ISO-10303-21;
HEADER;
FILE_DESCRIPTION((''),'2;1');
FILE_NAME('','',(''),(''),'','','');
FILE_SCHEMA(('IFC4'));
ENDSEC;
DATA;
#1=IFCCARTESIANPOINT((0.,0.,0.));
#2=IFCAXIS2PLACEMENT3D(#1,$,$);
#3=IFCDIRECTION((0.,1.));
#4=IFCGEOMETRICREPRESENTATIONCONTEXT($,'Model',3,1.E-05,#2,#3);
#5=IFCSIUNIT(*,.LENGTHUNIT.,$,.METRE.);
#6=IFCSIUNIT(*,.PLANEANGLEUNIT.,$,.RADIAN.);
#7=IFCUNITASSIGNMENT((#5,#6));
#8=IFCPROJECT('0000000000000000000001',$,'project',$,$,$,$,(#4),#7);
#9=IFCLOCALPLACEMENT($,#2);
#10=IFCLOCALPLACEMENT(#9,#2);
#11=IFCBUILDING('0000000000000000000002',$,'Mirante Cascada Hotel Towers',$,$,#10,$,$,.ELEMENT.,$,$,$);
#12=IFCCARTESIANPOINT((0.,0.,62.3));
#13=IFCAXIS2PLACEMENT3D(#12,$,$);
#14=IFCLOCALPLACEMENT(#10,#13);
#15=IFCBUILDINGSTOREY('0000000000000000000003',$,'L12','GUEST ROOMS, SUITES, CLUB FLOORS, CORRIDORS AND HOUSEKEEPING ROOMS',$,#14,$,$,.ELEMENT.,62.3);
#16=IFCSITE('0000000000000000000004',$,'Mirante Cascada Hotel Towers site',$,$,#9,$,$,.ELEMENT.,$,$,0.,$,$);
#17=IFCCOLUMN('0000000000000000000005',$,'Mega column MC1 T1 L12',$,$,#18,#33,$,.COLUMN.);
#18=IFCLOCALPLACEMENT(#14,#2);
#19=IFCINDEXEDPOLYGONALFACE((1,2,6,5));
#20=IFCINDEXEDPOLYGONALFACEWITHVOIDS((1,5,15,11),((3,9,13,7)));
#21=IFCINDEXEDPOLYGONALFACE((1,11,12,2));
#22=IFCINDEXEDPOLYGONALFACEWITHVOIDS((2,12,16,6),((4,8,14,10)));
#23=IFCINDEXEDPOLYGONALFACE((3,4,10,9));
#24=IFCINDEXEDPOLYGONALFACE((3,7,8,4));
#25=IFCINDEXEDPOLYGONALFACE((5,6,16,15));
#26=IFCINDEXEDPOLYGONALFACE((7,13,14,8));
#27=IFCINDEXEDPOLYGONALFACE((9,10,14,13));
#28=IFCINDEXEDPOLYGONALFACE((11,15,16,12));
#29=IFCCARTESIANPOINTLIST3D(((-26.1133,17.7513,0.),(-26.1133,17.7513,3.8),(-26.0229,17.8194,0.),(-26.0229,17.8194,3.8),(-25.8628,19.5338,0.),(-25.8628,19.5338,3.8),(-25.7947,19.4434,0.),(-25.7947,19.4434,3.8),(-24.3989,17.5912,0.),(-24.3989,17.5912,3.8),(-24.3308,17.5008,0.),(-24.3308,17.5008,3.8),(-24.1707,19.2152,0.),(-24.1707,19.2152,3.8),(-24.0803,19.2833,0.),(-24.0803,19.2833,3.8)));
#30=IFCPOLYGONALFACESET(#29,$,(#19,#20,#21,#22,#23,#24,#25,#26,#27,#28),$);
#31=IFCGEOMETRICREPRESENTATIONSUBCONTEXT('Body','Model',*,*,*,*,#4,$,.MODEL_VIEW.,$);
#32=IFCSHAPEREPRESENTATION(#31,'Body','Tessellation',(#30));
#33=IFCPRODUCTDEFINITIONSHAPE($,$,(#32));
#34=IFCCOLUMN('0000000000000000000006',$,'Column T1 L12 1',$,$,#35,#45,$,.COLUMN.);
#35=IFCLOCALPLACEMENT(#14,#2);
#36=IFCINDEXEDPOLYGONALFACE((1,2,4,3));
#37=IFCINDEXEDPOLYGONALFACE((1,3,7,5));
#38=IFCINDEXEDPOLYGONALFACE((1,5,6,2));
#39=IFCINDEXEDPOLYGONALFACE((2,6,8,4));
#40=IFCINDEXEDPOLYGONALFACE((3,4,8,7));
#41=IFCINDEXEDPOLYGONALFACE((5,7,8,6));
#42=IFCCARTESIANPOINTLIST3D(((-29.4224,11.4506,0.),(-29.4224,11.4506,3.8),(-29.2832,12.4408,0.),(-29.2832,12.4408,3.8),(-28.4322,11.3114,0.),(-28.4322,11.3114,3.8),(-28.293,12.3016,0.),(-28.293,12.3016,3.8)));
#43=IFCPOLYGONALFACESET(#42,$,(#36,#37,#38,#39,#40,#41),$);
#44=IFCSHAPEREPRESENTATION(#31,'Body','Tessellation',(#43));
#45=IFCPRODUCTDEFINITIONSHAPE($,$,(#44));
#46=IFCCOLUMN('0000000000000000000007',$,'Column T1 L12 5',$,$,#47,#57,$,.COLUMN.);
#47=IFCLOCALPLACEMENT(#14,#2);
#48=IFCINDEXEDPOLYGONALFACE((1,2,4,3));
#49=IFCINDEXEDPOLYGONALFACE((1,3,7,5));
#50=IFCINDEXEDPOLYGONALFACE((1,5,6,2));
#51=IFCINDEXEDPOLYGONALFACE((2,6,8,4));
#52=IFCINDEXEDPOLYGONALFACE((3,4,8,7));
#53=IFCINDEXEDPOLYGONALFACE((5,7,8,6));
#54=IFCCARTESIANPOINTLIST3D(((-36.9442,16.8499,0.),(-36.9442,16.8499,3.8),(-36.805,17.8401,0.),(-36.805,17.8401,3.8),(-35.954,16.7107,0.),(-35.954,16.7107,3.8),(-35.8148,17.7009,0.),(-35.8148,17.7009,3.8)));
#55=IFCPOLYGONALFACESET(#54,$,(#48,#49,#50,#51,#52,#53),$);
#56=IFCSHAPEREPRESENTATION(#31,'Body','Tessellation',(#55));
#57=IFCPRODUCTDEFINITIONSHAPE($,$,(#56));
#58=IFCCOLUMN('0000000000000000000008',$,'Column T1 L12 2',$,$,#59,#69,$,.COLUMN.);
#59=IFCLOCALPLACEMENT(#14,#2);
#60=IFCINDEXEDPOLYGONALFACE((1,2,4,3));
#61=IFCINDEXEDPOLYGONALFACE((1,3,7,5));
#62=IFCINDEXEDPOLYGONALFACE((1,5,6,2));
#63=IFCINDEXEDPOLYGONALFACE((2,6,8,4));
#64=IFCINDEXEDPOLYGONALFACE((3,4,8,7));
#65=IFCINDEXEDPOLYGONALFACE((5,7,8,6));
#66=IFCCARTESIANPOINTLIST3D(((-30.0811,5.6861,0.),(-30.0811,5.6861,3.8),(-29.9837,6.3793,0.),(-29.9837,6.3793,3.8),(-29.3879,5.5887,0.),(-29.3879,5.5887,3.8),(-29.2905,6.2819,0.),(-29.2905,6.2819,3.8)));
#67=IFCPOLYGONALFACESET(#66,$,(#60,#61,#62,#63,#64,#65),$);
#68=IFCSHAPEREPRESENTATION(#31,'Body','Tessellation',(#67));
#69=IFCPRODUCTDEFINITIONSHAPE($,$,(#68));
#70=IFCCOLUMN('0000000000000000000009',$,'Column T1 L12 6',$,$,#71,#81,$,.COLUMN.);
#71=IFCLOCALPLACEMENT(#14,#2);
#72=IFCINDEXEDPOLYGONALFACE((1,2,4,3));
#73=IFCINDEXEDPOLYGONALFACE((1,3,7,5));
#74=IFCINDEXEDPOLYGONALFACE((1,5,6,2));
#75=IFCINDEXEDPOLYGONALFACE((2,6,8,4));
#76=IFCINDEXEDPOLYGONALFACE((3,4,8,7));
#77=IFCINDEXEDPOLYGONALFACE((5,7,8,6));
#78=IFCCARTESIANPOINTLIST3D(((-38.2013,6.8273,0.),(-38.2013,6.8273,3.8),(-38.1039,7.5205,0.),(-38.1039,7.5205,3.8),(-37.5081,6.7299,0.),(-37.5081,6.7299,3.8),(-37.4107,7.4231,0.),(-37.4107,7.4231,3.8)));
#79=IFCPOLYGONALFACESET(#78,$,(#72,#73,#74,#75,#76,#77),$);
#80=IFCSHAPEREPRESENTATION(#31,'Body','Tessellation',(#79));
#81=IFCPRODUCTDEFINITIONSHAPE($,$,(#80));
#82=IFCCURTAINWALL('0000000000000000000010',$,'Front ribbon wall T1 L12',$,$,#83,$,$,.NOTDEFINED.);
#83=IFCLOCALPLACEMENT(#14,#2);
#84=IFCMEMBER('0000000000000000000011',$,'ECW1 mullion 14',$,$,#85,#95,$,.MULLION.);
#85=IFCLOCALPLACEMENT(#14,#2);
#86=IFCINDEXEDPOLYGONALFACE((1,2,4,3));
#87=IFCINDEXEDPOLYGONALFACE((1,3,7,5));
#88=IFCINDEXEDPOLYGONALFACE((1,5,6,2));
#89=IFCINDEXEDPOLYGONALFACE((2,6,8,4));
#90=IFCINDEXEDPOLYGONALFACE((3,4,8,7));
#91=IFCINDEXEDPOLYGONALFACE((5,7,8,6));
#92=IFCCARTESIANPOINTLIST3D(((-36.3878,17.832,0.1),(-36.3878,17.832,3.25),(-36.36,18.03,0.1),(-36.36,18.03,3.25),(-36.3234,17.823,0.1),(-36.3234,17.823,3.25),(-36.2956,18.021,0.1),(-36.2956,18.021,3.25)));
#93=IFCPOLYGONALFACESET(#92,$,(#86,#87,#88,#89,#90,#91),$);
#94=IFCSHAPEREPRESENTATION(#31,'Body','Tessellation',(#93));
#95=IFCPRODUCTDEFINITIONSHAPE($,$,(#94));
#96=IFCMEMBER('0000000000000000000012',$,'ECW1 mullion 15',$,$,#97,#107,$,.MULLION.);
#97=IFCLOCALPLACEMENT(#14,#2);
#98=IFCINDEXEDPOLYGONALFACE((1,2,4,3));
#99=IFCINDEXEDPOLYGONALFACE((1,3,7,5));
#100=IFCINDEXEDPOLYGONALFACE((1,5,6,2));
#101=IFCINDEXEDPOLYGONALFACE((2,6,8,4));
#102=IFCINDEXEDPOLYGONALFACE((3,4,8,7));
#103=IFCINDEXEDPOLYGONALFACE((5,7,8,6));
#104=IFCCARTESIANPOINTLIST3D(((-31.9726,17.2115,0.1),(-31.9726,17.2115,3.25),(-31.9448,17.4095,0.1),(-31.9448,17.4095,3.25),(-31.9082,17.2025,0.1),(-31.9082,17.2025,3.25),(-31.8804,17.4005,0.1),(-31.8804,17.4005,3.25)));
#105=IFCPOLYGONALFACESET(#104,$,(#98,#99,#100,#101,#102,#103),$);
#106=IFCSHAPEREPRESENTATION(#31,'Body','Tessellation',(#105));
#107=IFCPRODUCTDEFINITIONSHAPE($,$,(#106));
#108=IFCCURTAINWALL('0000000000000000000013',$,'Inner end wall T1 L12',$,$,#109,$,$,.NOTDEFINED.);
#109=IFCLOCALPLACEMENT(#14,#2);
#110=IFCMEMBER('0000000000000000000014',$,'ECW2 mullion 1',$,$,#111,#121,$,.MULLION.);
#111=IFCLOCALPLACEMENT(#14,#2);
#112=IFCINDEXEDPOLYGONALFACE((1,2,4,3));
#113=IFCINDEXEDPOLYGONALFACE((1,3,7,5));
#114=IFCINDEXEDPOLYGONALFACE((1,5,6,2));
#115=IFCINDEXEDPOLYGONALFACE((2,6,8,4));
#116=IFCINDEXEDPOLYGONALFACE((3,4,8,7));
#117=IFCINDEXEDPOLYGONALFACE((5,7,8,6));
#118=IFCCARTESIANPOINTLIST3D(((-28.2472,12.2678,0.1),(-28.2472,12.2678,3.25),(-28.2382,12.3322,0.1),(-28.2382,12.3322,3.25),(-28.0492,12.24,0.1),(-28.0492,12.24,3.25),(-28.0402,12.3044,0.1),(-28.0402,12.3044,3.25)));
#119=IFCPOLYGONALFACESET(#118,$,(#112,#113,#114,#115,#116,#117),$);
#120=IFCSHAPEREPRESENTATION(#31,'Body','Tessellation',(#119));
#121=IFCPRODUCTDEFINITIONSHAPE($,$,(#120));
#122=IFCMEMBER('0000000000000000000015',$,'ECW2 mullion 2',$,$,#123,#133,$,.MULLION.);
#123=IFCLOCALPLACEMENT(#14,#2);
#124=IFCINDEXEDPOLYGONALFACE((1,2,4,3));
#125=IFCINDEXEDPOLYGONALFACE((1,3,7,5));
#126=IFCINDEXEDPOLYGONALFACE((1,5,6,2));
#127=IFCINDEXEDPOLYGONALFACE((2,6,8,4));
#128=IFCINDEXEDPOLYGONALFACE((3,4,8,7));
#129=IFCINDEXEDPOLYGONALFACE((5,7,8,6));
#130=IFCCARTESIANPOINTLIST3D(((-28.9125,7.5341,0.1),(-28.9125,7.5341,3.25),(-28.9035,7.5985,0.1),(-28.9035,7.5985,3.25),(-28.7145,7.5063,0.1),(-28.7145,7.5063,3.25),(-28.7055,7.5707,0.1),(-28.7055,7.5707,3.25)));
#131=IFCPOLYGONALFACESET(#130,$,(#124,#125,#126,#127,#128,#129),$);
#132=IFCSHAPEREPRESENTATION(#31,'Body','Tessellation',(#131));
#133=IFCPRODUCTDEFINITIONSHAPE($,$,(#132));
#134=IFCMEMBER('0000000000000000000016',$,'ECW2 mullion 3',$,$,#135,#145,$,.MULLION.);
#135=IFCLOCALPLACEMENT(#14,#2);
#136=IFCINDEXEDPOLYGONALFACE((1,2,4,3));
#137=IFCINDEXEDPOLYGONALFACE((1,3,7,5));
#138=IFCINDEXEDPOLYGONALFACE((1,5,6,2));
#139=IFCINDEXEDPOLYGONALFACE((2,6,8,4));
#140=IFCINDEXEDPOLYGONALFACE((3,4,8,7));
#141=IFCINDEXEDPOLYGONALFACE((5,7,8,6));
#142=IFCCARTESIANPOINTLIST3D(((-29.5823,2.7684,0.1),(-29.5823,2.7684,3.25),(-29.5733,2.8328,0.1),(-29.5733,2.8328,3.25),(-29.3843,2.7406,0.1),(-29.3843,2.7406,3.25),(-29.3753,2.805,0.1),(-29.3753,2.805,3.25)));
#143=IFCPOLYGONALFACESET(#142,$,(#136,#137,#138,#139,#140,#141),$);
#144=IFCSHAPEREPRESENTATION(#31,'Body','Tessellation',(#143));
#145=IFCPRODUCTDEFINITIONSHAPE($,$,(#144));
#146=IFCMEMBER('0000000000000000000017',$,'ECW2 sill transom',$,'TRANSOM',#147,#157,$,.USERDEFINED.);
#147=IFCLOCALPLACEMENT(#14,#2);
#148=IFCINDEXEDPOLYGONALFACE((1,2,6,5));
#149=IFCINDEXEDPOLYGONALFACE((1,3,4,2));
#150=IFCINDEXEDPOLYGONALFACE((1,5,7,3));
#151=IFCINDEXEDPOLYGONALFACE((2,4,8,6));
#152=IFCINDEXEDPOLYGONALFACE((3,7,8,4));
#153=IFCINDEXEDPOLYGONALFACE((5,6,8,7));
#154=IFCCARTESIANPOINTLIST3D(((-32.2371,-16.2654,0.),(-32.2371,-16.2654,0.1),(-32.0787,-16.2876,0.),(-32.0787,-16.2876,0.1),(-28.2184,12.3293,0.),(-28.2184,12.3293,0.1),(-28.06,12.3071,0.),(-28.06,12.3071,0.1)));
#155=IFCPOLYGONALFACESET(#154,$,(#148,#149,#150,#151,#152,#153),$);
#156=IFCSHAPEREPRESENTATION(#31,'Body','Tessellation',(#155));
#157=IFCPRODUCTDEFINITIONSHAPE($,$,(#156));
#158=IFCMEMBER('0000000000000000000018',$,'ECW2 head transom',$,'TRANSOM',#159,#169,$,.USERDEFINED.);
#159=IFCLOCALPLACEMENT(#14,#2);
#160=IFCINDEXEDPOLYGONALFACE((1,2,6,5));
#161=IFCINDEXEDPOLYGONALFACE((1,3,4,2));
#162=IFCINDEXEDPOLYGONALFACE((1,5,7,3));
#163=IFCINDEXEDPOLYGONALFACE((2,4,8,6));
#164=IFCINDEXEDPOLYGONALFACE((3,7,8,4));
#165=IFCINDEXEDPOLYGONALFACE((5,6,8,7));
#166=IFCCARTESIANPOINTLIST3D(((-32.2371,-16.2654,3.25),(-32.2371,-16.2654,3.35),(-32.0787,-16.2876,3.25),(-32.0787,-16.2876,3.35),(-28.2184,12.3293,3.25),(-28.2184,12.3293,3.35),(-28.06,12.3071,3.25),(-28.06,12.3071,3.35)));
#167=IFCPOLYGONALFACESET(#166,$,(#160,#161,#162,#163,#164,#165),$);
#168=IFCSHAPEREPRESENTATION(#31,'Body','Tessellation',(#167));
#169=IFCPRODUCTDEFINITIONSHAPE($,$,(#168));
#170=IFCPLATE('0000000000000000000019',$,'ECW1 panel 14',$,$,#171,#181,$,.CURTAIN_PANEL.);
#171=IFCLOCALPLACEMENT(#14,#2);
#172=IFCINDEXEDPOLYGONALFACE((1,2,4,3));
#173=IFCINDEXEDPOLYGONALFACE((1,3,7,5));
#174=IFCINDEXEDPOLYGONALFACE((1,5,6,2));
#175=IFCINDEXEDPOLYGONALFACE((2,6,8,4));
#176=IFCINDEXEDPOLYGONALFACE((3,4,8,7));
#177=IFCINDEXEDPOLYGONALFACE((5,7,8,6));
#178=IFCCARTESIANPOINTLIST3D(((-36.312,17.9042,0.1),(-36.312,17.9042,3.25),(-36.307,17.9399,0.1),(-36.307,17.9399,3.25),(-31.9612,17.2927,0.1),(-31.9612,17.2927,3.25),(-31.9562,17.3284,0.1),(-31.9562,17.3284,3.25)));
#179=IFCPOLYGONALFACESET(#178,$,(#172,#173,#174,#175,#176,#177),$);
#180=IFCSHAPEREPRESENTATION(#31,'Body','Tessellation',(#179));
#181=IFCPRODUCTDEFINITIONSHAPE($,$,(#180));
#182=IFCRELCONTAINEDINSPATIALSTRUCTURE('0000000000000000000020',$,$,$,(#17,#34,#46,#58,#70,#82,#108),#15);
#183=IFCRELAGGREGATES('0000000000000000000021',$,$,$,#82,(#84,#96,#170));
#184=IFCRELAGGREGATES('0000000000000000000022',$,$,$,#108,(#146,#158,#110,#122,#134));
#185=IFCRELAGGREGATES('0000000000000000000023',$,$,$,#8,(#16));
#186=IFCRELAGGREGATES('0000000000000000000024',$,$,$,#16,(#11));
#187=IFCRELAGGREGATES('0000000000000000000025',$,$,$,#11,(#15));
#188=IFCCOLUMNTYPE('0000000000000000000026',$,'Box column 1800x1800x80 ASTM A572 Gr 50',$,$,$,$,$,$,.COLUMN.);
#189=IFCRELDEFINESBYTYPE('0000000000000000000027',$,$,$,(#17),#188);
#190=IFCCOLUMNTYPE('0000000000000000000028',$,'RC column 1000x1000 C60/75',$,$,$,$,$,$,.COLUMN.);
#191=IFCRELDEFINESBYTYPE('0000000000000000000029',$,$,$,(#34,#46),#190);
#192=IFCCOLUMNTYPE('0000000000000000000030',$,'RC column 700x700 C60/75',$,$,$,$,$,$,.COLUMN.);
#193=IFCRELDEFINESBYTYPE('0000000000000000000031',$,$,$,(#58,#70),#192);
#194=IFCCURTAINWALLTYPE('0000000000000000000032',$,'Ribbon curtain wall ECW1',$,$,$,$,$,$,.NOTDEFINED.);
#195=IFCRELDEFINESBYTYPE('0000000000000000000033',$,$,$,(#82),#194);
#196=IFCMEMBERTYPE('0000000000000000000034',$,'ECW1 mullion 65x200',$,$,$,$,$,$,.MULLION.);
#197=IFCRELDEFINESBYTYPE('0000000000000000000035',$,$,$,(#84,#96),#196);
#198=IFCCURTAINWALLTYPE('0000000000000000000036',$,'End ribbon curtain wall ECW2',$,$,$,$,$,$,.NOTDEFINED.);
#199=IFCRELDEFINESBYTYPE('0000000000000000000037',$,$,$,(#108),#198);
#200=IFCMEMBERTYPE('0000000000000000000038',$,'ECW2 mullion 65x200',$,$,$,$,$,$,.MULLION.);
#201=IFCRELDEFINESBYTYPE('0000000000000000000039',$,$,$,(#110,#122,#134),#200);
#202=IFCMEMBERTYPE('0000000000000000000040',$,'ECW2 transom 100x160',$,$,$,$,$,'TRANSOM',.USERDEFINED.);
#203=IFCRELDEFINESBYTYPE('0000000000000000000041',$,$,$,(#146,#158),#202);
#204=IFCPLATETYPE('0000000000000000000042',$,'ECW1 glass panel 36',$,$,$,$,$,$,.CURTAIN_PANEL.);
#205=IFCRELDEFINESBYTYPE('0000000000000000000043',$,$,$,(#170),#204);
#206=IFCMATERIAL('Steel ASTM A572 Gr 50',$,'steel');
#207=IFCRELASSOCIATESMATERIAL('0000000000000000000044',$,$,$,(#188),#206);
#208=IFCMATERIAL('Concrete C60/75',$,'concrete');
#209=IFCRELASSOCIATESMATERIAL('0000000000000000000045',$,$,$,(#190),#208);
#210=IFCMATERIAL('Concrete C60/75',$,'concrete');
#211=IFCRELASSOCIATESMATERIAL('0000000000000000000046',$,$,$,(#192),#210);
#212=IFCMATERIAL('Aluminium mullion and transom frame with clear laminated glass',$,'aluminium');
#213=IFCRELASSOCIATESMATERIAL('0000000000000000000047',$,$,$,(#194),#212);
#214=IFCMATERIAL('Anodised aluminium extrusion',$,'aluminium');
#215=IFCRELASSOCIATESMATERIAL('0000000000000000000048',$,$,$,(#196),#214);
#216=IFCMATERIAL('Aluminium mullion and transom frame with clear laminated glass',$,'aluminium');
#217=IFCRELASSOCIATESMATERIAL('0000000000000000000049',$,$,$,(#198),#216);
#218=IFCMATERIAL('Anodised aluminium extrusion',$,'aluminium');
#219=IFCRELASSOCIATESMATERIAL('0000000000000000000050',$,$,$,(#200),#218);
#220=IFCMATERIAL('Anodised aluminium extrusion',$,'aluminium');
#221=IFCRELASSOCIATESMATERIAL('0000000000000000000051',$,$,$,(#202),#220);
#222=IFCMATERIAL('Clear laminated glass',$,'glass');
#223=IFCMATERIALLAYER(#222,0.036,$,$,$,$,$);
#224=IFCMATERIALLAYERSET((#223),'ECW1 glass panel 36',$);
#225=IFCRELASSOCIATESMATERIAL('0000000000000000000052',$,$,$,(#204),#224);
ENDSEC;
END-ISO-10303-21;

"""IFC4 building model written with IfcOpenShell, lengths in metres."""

from ifc_helpers import new_model, si_unit, direction, frame, origin, origin_2d, place, context, subcontext, project, spatial, rectangle, hollow_rectangle, extrude, material, layer, layer_set, material_profile, profile_set, type_object, element, aggregate, save


model = new_model("IFC4")

# Units and contexts
model_context = context("Model", 3, precision=1e-05, world=origin(), true_north=direction((0.0, 1.0)))
body_context = subcontext(model_context, "Body", "Model", "MODEL_VIEW")
ifc_project = project(units=[si_unit("LENGTHUNIT", "METRE"), si_unit("PLANEANGLEUNIT", "RADIAN")], contexts=[model_context])

# Site, building, storey
site_placement = place(None, origin())
site = spatial("IfcSite", under=ifc_project, at=site_placement, Name="Mirante Cascada Hotel Towers site", CompositionType="ELEMENT", RefElevation=0.0)
building_placement = place(site_placement, origin())
building = spatial("IfcBuilding", under=site, at=building_placement, Name="Mirante Cascada Hotel Towers", CompositionType="ELEMENT")
storey_placement = place(building_placement, frame((0.0, 0.0, 62.3)))
storey = spatial("IfcBuildingStorey", under=building, at=storey_placement, Name="L12", Description="GUEST ROOMS, SUITES, CLUB FLOORS, CORRIDORS AND HOUSEKEEPING ROOMS", CompositionType="ELEMENT", Elevation=62.3)

# Columns
ifc_material_1 = material(Name="Steel ASTM A572 Gr 50", Category="steel")
ifc_material_profile_1 = material_profile(ifc_material_1, hollow_rectangle(XDim=1.8, YDim=1.8, WallThickness=0.08, at=origin_2d()), Name="Box column 1800x1800x80 ASTM A572 Gr 50")
ifc_profile_set_1 = profile_set([ifc_material_profile_1], Name="Steel ASTM A572 Gr 50")
column_type_1 = type_object("IfcColumnType", Name="Box column 1800x1800x80 ASTM A572 Gr 50", PredefinedType="COLUMN", material=ifc_profile_set_1)
column_placement = place(storey_placement, frame((-25.0968, 18.5173, 0.0), z_axis=(0.0, 0.0, 1.0), x_axis=(-0.990268, 0.139173, 0.0)))
element("IfcColumn", 1, at=column_placement, inside=storey, type_object=column_type_1, Name="Mega column MC1 T1 L12", PredefinedType="COLUMN", context=body_context, shape_type="SweptSolid", body=[
    extrude(hollow_rectangle(XDim=1.8, YDim=1.8, WallThickness=0.08, at=origin_2d()), origin(), (0.0, 0.0, 1.0), 3.8),
])
ifc_material_2 = material(Name="Concrete C60/75", Category="concrete")
ifc_material_profile_2 = material_profile(ifc_material_2, rectangle(XDim=1.0, YDim=1.0, at=origin_2d()), Name="RC column 1000x1000 C60/75")
ifc_profile_set_2 = profile_set([ifc_material_profile_2], Name="Concrete C60/75")
column_type_2 = type_object("IfcColumnType", Name="RC column 1000x1000 C60/75", PredefinedType="COLUMN", material=ifc_profile_set_2)
for number, where, z_axis, x_axis, name in (
    (2, (-28.8577, 11.8761, 0.0), (0.0, 0.0, 1.0), (-0.990268, 0.139173, 0.0), "Column T1 L12 1"),
    (3, (-36.3795, 17.2754, 0.0), (0.0, 0.0, 1.0), (-0.990268, 0.139173, 0.0), "Column T1 L12 5"),
):
    element("IfcColumn", number, at=place(storey_placement, frame(where, z_axis=z_axis, x_axis=x_axis)), inside=storey, type_object=column_type_2, Name=name, PredefinedType="COLUMN", context=body_context, shape_type="SweptSolid", body=[
        extrude(rectangle(XDim=1.0, YDim=1.0, at=origin_2d()), origin(), (0.0, 0.0, 1.0), 3.8),
    ])
ifc_material_3 = material(Name="Concrete C60/75", Category="concrete")
ifc_material_profile_3 = material_profile(ifc_material_3, rectangle(XDim=0.7, YDim=0.7, at=origin_2d()), Name="RC column 700x700 C60/75")
ifc_profile_set_3 = profile_set([ifc_material_profile_3], Name="Concrete C60/75")
column_type_3 = type_object("IfcColumnType", Name="RC column 700x700 C60/75", PredefinedType="COLUMN", material=ifc_profile_set_3)
for number, where, z_axis, x_axis, name in (
    (4, (-29.6858, 5.984, 0.0), (0.0, 0.0, 1.0), (-0.990268, 0.139173, 0.0), "Column T1 L12 2"),
    (5, (-37.806, 7.1252, 0.0), (0.0, 0.0, 1.0), (-0.990268, 0.139173, 0.0), "Column T1 L12 6"),
):
    element("IfcColumn", number, at=place(storey_placement, frame(where, z_axis=z_axis, x_axis=x_axis)), inside=storey, type_object=column_type_3, Name=name, PredefinedType="COLUMN", context=body_context, shape_type="SweptSolid", body=[
        extrude(rectangle(XDim=0.7, YDim=0.7, at=origin_2d()), origin(), (0.0, 0.0, 1.0), 3.8),
    ])

# Curtain walls, members
ifc_material_4 = material(Name="Aluminium mullion and transom frame with clear laminated glass", Category="aluminium")
curtain_wall_type_1 = type_object("IfcCurtainWallType", Name="Ribbon curtain wall ECW1", PredefinedType="NOTDEFINED", material=ifc_material_4)
curtain_wall_1_placement = place(storey_placement, origin())
curtain_wall_1 = element("IfcCurtainWall", 6, at=curtain_wall_1_placement, inside=storey, type_object=curtain_wall_type_1, Name="Front ribbon wall T1 L12", PredefinedType="NOTDEFINED")
ifc_material_5 = material(Name="Anodised aluminium extrusion", Category="aluminium")
ifc_material_profile_4 = material_profile(ifc_material_5, rectangle(XDim=0.2, YDim=0.065, at=origin_2d()), Name="ECW1 MULLION 65x200")
ifc_profile_set_4 = profile_set([ifc_material_profile_4], Name="Anodised aluminium extrusion")
member_type_1 = type_object("IfcMemberType", Name="ECW1 mullion 65x200", PredefinedType="MULLION", material=ifc_profile_set_4)
member_1_placement = place(storey_placement, frame((-36.3417, 17.9265, 0.1), z_axis=(0.0, 0.0, 1.0), x_axis=(0.139173, 0.990268, 0.0)))
member_1 = element("IfcMember", 7, at=member_1_placement, type_object=member_type_1, Name="ECW1 mullion 14", PredefinedType="MULLION", context=body_context, shape_type="SweptSolid", body=[
    extrude(rectangle(XDim=0.2, YDim=0.065, at=origin_2d()), origin(), (0.0, 0.0, 1.0), 3.15),
])
member_2_placement = place(storey_placement, frame((-31.9265, 17.306, 0.1), z_axis=(0.0, 0.0, 1.0), x_axis=(0.139173, 0.990268, 0.0)))
member_2 = element("IfcMember", 8, at=member_2_placement, type_object=member_type_1, Name="ECW1 mullion 15", PredefinedType="MULLION", context=body_context, shape_type="SweptSolid", body=[
    extrude(rectangle(XDim=0.2, YDim=0.065, at=origin_2d()), origin(), (0.0, 0.0, 1.0), 3.15),
])
ifc_material_6 = material(Name="Aluminium mullion and transom frame with clear laminated glass", Category="aluminium")
curtain_wall_type_2 = type_object("IfcCurtainWallType", Name="End ribbon curtain wall ECW2", PredefinedType="NOTDEFINED", material=ifc_material_6)
curtain_wall_2_placement = place(storey_placement, origin())
curtain_wall_2 = element("IfcCurtainWall", 9, at=curtain_wall_2_placement, inside=storey, type_object=curtain_wall_type_2, Name="Inner end wall T1 L12", PredefinedType="NOTDEFINED")
ifc_material_7 = material(Name="Anodised aluminium extrusion", Category="aluminium")
ifc_material_profile_5 = material_profile(ifc_material_7, rectangle(XDim=0.2, YDim=0.065, at=origin_2d()), Name="ECW2 MULLION 65x200")
ifc_profile_set_5 = profile_set([ifc_material_profile_5], Name="Anodised aluminium extrusion")
member_type_2 = type_object("IfcMemberType", Name="ECW2 mullion 65x200", PredefinedType="MULLION", material=ifc_profile_set_5)
member_3_placement = place(storey_placement, frame((-28.1437, 12.2861, 0.1), z_axis=(0.0, 0.0, 1.0), x_axis=(0.990268, -0.139173, 0.0)))
member_3 = element("IfcMember", 10, at=member_3_placement, type_object=member_type_2, Name="ECW2 mullion 1", PredefinedType="MULLION", context=body_context, shape_type="SweptSolid", body=[
    extrude(rectangle(XDim=0.2, YDim=0.065, at=origin_2d()), origin(), (0.0, 0.0, 1.0), 3.15),
])
member_4_placement = place(storey_placement, frame((-28.809, 7.5524, 0.1), z_axis=(0.0, 0.0, 1.0), x_axis=(0.990268, -0.139173, 0.0)))
member_4 = element("IfcMember", 11, at=member_4_placement, type_object=member_type_2, Name="ECW2 mullion 2", PredefinedType="MULLION", context=body_context, shape_type="SweptSolid", body=[
    extrude(rectangle(XDim=0.2, YDim=0.065, at=origin_2d()), origin(), (0.0, 0.0, 1.0), 3.15),
])
member_5_placement = place(storey_placement, frame((-29.4788, 2.7867, 0.1), z_axis=(0.0, 0.0, 1.0), x_axis=(0.990268, -0.139173, 0.0)))
member_5 = element("IfcMember", 12, at=member_5_placement, type_object=member_type_2, Name="ECW2 mullion 3", PredefinedType="MULLION", context=body_context, shape_type="SweptSolid", body=[
    extrude(rectangle(XDim=0.2, YDim=0.065, at=origin_2d()), origin(), (0.0, 0.0, 1.0), 3.15),
])
ifc_material_8 = material(Name="Anodised aluminium extrusion", Category="aluminium")
ifc_material_profile_6 = material_profile(ifc_material_8, rectangle(XDim=0.16, YDim=0.1, at=origin_2d()), Name="ECW2 TRANSOM 100x160")
ifc_profile_set_6 = profile_set([ifc_material_profile_6], Name="Anodised aluminium extrusion")
member_type_3 = type_object("IfcMemberType", Name="ECW2 transom 100x160", ElementType="TRANSOM", PredefinedType="USERDEFINED", material=ifc_profile_set_6)
member_6_placement = place(storey_placement, frame((-28.1392, 12.3182, 0.05), z_axis=(-0.139172, -0.990268, 0.0), x_axis=(0.990268, -0.139172, 0.0)))
member_6 = element("IfcMember", 13, at=member_6_placement, type_object=member_type_3, Name="ECW2 sill transom", ObjectType="TRANSOM", PredefinedType="USERDEFINED", context=body_context, shape_type="SweptSolid", body=[
    extrude(rectangle(XDim=0.16, YDim=0.1, at=origin_2d()), origin(), (0.0, 0.0, 1.0), 28.8757),
])
member_7_placement = place(storey_placement, frame((-28.1392, 12.3182, 3.3), z_axis=(-0.139172, -0.990268, 0.0), x_axis=(0.990268, -0.139172, 0.0)))
member_7 = element("IfcMember", 14, at=member_7_placement, type_object=member_type_3, Name="ECW2 head transom", ObjectType="TRANSOM", PredefinedType="USERDEFINED", context=body_context, shape_type="SweptSolid", body=[
    extrude(rectangle(XDim=0.16, YDim=0.1, at=origin_2d()), origin(), (0.0, 0.0, 1.0), 28.8757),
])

# Plate
ifc_material_9 = material(Name="Clear laminated glass", Category="glass")
ifc_layer_1 = layer(ifc_material_9, 0.036)
ifc_layer_set_1 = layer_set([ifc_layer_1], Name="ECW1 glass panel 36")
plate_type_1 = type_object("IfcPlateType", Name="ECW1 glass panel 36", PredefinedType="CURTAIN_PANEL", material=ifc_layer_set_1)
plate_1_placement = place(storey_placement, frame((-34.1341, 17.6163, 0.1), z_axis=(0.0, 0.0, 1.0), x_axis=(0.990268, -0.139173, 0.0)))
plate_1 = element("IfcPlate", 15, at=plate_1_placement, type_object=plate_type_1, Name="ECW1 panel 14", PredefinedType="CURTAIN_PANEL", context=body_context, shape_type="SweptSolid", body=[
    extrude(rectangle(XDim=4.3936, YDim=0.036, at=origin_2d()), origin(), (0.0, 0.0, 1.0), 3.15),
])
aggregate(curtain_wall_1, [member_1, member_2, plate_1])
aggregate(curtain_wall_2, [member_6, member_7, member_3, member_4, member_5])

save(model, "model.ifc")
